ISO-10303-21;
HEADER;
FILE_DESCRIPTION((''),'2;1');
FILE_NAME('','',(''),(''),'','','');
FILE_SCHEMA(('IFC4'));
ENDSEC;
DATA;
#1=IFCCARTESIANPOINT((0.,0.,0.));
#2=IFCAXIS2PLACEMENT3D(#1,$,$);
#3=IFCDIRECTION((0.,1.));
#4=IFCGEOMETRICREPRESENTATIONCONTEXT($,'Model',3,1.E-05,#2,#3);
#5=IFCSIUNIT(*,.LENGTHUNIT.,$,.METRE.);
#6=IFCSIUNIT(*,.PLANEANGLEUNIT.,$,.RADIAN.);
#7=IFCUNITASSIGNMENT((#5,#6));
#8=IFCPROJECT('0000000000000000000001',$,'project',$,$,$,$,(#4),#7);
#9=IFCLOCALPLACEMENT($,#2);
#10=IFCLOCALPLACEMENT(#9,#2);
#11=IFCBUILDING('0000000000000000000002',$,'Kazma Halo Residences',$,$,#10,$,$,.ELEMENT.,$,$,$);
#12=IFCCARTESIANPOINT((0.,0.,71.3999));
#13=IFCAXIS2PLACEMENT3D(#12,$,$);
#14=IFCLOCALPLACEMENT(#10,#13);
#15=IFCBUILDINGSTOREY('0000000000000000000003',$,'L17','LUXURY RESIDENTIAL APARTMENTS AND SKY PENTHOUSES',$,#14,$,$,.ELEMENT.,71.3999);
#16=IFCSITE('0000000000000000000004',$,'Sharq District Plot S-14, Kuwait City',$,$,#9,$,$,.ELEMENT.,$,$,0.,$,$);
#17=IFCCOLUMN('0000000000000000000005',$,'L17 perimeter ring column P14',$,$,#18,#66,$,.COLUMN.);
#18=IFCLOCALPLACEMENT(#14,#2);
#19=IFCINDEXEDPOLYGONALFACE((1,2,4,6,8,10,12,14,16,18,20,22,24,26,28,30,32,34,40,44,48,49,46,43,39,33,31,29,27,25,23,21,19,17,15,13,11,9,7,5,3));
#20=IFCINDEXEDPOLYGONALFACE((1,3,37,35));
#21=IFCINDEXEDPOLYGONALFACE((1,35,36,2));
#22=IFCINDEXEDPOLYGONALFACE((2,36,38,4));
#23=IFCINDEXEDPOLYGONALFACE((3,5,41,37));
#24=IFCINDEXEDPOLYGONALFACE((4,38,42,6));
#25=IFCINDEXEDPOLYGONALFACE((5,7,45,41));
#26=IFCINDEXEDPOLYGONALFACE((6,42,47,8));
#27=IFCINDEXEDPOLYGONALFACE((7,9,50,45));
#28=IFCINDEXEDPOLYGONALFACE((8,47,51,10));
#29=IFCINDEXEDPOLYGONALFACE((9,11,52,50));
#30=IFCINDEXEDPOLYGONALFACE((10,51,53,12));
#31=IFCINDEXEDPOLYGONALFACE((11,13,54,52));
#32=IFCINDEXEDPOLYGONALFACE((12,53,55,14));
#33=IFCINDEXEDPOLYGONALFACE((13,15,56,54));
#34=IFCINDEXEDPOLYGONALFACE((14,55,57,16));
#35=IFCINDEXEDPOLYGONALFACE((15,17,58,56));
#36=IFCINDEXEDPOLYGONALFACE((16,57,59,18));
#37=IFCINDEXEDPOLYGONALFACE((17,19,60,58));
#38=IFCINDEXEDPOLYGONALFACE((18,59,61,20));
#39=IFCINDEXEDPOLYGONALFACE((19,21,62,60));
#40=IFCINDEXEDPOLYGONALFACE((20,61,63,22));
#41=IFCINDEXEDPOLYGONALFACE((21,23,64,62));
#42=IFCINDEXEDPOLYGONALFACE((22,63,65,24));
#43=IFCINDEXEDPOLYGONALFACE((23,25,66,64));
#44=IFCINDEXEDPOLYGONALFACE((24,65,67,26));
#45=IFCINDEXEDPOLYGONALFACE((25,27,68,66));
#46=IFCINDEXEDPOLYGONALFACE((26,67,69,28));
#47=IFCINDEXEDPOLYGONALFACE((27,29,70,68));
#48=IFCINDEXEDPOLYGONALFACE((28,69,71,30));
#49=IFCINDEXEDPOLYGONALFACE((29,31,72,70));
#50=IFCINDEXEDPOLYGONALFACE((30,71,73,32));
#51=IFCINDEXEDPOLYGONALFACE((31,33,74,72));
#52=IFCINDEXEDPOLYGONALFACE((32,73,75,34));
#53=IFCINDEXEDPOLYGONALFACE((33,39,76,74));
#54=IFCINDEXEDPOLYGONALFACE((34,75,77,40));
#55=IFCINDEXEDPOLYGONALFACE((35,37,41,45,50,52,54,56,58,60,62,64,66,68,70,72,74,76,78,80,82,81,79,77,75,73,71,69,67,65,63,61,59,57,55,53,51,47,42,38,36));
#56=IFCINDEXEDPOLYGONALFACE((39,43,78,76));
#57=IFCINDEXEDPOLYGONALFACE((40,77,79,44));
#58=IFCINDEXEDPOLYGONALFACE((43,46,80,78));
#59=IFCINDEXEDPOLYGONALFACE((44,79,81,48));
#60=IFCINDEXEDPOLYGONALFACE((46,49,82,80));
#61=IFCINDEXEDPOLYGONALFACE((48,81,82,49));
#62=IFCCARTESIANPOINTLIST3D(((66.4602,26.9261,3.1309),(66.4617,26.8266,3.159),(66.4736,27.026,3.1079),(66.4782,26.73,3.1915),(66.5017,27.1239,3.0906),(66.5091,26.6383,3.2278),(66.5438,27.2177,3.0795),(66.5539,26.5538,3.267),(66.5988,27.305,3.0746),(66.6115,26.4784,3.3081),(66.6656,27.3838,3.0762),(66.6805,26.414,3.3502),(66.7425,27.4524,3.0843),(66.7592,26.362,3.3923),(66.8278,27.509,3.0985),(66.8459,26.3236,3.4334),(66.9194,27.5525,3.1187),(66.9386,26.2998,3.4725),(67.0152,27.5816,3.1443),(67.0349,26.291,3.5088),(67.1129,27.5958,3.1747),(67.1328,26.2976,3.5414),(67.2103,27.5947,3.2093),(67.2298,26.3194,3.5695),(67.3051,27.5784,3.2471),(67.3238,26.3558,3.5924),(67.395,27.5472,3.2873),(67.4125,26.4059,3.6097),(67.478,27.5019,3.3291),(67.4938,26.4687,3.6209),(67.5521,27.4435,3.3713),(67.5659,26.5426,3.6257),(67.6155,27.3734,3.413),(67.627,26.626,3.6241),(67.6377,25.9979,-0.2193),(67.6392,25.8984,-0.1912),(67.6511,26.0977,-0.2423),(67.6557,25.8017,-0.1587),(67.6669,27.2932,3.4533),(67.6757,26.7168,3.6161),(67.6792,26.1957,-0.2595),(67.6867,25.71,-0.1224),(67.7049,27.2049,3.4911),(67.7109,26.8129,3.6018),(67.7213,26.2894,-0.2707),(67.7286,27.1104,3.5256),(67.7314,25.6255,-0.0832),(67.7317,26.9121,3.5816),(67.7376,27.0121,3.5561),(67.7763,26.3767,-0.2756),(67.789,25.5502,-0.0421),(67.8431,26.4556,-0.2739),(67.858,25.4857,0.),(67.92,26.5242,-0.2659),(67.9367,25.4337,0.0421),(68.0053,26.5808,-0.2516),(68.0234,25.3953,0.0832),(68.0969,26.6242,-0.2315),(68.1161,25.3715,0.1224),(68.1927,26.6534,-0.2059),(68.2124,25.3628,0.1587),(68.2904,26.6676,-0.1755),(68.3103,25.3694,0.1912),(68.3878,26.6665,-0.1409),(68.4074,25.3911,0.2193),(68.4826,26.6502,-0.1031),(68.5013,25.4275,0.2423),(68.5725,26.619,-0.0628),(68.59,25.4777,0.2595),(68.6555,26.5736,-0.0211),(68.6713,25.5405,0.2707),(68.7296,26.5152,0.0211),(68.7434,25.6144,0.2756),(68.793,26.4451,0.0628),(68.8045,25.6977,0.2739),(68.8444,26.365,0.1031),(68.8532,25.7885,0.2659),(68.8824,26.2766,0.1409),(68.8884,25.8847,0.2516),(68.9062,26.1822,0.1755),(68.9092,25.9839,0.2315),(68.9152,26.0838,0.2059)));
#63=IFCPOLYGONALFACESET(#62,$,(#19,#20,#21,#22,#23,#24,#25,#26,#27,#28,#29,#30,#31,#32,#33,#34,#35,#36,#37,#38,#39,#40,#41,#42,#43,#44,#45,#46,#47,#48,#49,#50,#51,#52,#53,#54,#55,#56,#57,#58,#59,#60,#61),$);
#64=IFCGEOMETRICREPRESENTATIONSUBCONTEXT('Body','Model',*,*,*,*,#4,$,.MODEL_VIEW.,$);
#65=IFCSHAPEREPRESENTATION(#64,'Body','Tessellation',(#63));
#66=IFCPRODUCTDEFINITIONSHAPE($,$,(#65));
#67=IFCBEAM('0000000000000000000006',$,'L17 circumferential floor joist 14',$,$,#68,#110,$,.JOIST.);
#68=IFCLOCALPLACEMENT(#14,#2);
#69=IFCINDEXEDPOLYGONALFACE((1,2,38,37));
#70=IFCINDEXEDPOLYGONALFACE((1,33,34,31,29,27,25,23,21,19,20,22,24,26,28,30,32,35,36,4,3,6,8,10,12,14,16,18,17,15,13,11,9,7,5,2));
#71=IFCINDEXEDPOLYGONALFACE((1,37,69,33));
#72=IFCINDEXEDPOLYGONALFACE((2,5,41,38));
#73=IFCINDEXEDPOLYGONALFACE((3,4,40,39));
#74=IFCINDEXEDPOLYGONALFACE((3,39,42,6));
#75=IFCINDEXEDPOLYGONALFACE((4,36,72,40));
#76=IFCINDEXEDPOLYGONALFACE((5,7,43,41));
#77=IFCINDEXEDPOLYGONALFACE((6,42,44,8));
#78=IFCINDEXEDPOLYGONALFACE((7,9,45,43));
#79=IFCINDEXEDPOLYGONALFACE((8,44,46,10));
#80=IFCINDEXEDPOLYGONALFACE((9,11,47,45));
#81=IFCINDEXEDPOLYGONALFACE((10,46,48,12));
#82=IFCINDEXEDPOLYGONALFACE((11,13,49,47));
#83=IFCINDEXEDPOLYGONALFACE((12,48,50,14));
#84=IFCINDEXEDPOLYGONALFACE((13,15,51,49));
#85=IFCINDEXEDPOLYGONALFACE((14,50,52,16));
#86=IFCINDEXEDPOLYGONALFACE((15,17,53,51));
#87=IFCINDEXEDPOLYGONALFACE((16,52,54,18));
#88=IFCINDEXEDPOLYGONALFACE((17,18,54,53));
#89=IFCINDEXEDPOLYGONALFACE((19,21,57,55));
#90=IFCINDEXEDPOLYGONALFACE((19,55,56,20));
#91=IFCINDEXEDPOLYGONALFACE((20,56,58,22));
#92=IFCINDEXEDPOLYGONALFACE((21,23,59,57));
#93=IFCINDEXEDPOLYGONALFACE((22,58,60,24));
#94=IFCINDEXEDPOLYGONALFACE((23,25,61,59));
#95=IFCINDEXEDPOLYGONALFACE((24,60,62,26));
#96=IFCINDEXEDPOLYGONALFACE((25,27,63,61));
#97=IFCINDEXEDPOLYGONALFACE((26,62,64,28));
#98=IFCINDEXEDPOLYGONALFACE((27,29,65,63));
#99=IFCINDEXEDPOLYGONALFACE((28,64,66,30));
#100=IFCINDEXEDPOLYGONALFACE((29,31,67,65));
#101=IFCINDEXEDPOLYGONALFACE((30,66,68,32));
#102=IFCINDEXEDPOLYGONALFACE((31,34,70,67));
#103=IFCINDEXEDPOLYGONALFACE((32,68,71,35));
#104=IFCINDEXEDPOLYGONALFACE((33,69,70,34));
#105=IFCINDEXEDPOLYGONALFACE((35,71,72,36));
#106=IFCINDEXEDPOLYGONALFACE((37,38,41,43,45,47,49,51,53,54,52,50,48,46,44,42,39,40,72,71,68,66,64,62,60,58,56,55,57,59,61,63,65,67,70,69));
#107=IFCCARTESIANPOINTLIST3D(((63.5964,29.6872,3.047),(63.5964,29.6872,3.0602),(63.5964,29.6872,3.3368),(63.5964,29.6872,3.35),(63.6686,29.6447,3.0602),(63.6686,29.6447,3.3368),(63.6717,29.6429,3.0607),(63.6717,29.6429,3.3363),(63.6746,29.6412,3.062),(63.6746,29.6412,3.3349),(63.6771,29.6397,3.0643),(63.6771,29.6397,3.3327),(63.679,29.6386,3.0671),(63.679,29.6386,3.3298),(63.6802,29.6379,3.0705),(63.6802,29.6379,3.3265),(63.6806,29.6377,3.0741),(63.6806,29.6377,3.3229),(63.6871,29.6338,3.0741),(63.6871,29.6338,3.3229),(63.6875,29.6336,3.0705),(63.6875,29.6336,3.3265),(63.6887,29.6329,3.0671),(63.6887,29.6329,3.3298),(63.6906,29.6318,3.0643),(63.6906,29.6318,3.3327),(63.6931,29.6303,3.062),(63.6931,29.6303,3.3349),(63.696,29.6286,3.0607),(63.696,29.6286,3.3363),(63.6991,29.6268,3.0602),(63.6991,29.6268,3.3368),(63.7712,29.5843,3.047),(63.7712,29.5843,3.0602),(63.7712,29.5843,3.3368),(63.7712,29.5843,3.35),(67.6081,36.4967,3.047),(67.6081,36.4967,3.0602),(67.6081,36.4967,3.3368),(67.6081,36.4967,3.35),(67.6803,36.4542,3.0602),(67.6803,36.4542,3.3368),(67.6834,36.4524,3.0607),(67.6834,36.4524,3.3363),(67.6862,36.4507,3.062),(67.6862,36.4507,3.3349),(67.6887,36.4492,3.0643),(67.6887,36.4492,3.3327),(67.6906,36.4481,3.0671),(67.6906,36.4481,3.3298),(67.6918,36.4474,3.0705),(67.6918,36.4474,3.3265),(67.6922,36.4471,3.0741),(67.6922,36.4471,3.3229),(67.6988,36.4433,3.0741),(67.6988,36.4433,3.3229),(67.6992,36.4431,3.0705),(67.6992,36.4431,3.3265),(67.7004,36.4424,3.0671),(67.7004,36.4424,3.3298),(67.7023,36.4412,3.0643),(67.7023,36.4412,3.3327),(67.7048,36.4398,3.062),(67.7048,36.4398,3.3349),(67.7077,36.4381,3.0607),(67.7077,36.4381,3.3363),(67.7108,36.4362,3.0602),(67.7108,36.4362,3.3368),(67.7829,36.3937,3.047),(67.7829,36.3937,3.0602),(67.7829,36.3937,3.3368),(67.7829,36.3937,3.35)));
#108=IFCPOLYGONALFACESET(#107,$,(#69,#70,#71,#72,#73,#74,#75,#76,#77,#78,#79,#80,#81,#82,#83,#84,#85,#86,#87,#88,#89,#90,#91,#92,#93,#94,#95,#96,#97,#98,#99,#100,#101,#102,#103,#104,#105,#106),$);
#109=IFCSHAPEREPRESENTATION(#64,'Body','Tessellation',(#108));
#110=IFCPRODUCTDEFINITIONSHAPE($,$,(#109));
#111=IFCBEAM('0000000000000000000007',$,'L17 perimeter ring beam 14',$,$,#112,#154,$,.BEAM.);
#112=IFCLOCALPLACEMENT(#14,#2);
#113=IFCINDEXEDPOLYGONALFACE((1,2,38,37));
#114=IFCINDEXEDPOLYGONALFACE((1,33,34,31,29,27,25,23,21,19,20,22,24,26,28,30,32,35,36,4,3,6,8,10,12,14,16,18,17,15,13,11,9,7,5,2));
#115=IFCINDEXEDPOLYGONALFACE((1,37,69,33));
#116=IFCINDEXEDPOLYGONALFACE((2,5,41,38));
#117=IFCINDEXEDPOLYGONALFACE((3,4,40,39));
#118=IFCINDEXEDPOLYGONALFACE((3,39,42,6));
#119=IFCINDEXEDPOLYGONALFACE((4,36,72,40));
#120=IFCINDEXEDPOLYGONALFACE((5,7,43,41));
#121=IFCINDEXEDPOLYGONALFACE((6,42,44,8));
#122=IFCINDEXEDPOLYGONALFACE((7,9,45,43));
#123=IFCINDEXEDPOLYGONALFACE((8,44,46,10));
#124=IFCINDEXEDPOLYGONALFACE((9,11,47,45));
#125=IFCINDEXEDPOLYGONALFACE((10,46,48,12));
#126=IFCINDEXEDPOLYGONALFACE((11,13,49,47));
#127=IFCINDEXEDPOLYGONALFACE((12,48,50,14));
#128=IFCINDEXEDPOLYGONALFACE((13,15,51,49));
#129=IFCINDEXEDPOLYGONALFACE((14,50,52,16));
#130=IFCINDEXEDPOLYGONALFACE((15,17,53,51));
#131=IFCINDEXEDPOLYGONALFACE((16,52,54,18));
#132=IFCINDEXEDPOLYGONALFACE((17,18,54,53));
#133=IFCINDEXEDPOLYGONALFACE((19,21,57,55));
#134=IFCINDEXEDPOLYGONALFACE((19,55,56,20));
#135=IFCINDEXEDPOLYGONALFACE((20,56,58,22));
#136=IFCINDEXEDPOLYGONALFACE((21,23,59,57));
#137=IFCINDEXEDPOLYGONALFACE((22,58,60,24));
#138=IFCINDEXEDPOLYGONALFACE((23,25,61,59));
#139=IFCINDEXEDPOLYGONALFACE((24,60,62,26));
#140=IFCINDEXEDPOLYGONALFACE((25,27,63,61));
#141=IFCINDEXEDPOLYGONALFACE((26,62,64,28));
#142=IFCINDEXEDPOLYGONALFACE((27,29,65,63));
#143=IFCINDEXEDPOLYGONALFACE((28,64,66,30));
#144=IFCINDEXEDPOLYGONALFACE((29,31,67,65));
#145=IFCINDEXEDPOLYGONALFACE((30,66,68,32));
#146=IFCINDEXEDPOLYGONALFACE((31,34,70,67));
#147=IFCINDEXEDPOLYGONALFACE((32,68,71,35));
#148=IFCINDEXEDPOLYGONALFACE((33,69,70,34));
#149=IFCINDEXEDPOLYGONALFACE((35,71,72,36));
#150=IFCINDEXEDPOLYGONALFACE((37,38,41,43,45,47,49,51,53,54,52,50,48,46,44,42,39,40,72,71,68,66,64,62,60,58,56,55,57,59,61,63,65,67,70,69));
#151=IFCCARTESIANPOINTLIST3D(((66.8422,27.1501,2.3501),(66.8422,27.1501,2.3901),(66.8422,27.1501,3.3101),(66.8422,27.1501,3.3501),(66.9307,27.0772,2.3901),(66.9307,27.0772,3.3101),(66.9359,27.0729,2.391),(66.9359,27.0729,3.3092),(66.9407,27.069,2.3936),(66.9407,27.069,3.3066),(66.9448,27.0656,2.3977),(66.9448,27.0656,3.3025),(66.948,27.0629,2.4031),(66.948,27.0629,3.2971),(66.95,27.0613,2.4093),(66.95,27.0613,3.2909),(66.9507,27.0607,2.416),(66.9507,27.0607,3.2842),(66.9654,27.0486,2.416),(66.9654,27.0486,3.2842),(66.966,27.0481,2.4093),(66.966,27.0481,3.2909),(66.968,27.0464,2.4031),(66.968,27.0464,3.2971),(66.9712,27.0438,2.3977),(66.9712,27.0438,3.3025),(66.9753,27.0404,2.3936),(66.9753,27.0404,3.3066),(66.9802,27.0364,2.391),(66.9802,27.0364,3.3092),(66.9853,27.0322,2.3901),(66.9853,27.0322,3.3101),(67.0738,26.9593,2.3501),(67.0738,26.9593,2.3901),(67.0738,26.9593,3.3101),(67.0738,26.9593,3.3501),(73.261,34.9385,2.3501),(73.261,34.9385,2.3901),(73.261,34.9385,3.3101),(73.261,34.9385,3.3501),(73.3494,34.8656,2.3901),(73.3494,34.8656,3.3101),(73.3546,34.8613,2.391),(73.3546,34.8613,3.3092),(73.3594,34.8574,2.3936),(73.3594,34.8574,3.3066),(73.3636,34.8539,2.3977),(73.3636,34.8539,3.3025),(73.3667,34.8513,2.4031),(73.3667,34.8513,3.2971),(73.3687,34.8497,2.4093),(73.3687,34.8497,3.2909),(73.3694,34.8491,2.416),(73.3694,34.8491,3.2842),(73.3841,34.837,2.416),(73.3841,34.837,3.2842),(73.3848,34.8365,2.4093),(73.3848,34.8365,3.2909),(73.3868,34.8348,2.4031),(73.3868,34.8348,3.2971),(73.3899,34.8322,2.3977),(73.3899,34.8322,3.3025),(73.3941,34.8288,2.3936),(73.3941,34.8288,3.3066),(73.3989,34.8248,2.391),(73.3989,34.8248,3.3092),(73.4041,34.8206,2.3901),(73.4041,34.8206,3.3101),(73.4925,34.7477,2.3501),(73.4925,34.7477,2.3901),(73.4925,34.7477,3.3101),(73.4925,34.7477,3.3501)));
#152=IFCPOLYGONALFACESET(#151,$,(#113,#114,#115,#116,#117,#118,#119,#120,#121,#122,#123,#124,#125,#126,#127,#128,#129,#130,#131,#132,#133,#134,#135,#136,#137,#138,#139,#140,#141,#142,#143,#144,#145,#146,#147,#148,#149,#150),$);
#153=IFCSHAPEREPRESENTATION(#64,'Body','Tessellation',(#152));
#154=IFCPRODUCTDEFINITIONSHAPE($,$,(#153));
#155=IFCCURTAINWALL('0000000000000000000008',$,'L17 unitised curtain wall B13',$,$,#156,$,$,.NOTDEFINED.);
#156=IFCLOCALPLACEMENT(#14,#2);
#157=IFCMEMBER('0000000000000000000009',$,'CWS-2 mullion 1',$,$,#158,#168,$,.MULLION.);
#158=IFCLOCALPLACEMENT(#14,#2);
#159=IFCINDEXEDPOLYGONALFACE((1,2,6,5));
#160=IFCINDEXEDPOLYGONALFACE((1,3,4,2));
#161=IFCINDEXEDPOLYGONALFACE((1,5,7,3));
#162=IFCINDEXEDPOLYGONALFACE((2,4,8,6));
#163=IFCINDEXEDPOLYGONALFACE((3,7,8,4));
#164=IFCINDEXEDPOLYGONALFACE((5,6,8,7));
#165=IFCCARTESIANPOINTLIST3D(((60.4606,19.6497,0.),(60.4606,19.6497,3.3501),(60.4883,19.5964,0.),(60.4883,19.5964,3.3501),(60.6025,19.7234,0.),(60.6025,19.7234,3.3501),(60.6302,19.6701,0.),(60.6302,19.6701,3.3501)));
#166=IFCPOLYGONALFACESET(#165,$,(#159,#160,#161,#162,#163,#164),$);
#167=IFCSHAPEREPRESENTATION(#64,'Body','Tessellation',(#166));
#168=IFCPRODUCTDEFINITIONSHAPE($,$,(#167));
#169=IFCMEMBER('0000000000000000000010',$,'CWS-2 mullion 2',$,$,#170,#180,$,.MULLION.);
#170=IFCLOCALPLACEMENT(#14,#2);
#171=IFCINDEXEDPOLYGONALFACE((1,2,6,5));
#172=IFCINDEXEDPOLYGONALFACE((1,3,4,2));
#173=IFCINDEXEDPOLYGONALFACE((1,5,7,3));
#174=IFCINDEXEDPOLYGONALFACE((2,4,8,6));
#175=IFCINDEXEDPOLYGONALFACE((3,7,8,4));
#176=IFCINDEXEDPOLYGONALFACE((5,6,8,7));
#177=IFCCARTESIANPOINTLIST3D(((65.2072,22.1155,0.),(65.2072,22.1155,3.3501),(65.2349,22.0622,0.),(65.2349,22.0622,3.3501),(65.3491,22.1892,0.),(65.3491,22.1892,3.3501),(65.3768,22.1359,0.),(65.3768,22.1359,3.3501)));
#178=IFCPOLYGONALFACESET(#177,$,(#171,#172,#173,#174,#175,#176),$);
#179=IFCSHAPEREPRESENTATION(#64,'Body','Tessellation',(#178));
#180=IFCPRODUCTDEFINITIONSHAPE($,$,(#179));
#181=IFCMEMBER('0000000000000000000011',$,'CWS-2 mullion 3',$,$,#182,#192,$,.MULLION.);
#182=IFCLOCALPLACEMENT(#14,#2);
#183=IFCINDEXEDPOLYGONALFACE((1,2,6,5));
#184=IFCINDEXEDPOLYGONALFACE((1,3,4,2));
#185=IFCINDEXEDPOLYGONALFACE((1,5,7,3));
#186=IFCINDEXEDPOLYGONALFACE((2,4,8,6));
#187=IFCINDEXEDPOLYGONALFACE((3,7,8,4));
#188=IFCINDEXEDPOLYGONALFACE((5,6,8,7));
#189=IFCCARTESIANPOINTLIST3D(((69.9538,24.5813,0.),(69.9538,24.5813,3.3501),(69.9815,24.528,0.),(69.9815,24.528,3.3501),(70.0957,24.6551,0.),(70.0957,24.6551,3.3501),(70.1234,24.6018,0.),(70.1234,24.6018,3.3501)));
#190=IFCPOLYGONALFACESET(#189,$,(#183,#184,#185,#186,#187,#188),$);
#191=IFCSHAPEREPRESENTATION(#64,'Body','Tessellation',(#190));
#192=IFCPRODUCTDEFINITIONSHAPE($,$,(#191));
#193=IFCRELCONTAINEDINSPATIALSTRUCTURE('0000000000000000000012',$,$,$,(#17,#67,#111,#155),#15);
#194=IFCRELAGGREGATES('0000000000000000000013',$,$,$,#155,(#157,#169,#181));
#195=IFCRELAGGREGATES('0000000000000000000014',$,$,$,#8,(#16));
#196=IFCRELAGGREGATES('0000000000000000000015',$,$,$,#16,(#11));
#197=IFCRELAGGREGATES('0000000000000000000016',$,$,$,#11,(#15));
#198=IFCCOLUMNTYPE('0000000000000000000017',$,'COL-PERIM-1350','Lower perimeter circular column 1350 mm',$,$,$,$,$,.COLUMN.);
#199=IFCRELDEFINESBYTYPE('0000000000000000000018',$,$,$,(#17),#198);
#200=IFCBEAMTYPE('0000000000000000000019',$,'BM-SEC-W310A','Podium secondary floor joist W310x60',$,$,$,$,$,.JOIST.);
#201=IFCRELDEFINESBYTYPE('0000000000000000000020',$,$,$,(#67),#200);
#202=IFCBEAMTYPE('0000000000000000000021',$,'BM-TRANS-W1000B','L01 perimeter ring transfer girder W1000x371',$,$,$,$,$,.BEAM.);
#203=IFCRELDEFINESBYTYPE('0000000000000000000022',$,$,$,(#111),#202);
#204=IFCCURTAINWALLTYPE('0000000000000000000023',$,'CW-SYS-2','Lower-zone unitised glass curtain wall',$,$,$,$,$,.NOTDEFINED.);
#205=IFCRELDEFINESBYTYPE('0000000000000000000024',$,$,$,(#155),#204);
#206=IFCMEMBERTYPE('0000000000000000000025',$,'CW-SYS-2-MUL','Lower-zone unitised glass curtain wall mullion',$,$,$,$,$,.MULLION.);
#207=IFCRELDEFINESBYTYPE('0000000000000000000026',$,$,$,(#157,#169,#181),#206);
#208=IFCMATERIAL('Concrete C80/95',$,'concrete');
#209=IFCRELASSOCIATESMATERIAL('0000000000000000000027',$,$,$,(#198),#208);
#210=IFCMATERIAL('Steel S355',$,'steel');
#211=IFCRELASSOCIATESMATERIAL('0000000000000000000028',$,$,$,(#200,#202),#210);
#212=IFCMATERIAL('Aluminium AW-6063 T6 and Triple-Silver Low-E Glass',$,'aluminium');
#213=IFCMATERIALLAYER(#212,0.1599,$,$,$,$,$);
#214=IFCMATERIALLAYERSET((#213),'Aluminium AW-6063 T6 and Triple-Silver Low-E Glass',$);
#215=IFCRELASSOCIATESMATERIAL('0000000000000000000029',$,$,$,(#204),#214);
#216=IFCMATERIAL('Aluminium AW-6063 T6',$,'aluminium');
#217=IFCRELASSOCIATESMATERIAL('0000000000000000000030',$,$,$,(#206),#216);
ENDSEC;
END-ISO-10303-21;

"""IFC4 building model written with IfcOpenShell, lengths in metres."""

from ifc_helpers import new_model, si_unit, direction, frame, origin, origin_2d, place, context, subcontext, project, spatial, rectangle, circle, i_section, extrude, material, layer, layer_set, material_profile, profile_set, type_object, element, aggregate, save


model = new_model("IFC4")

# Units and contexts
model_context = context("Model", 3, precision=1e-05, world=origin(), true_north=direction((0.0, 1.0)))
body_context = subcontext(model_context, "Body", "Model", "MODEL_VIEW")
ifc_project = project(units=[si_unit("LENGTHUNIT", "METRE"), si_unit("PLANEANGLEUNIT", "RADIAN")], contexts=[model_context])

# Site, building, storey
site_placement = place(None, origin())
site = spatial("IfcSite", under=ifc_project, at=site_placement, Name="Sharq District Plot S-14, Kuwait City", CompositionType="ELEMENT", RefElevation=0.0)
building_placement = place(site_placement, origin())
building = spatial("IfcBuilding", under=site, at=building_placement, Name="Kazma Halo Residences", CompositionType="ELEMENT")
storey_placement = place(building_placement, frame((0.0, 0.0, 71.3999)))
storey = spatial("IfcBuildingStorey", under=building, at=storey_placement, Name="L17", Description="LUXURY RESIDENTIAL APARTMENTS AND SKY PENTHOUSES", CompositionType="ELEMENT", Elevation=71.3999)

# Column
ifc_material_1 = material(Name="Concrete C80/95", Category="concrete")
ifc_material_profile_1 = material_profile(ifc_material_1, circle(Radius=0.675, at=origin_2d()), Name="CIRC1350")
ifc_profile_set_1 = profile_set([ifc_material_profile_1], Name="Concrete C80/95")
column_type = type_object("IfcColumnType", Name="COL-PERIM-1350", Description="Lower perimeter circular column 1350 mm", PredefinedType="COLUMN", material=ifc_profile_set_1)
column_placement = place(storey_placement, frame((68.2759, 26.0159, 0.0), z_axis=(-0.320814, 0.2529, 0.912754), x_axis=(-0.619079, -0.785329, 0.0)))
element("IfcColumn", 1, at=column_placement, inside=storey, type_object=column_type, Name="L17 perimeter ring column P14", PredefinedType="COLUMN", context=body_context, shape_type="SweptSolid", body=[
    extrude(circle(Radius=0.675, at=origin_2d()), origin(), (0.0, 0.0, 1.0), 3.6704),
])

# Beams
ifc_material_2 = material(Name="Steel S355", Category="steel")
ifc_material_profile_2 = material_profile(ifc_material_2, i_section(OverallWidth=0.2029, OverallDepth=0.303, WebThickness=0.0076, FlangeThickness=0.0132, FilletRadius=0.0139, at=origin_2d()), Name="W310x60")
ifc_profile_set_2 = profile_set([ifc_material_profile_2], Name="Steel S355")
beam_type_1 = type_object("IfcBeamType", Name="BM-SEC-W310A", Description="Podium secondary floor joist W310x60", PredefinedType="JOIST", material=ifc_profile_set_2)
beam_1_placement = place(storey_placement, frame((63.6838, 29.6357, 3.1985), z_axis=(0.507592, 0.861597, 0.0), x_axis=(-0.861597, 0.507592, 0.0)))
element("IfcBeam", 2, at=beam_1_placement, inside=storey, type_object=beam_type_1, Name="L17 circumferential floor joist 14", PredefinedType="JOIST", context=body_context, shape_type="SweptSolid", body=[
    extrude(i_section(OverallWidth=0.2029, OverallDepth=0.303, WebThickness=0.0076, FlangeThickness=0.0132, FilletRadius=0.0139, at=origin_2d()), origin(), (0.0, 0.0, 1.0), 7.9033),
])
ifc_material_profile_3 = material_profile(ifc_material_2, i_section(OverallWidth=0.3, OverallDepth=1.0, WebThickness=0.019, FlangeThickness=0.04, FilletRadius=0.0259, at=origin_2d()), Name="W1000x371")
ifc_profile_set_3 = profile_set([ifc_material_profile_3], Name="Steel S355")
beam_type_2 = type_object("IfcBeamType", Name="BM-TRANS-W1000B", Description="L01 perimeter ring transfer girder W1000x371", PredefinedType="BEAM", material=ifc_profile_set_3)
beam_2_placement = place(storey_placement, frame((66.958, 27.0547, 2.8501), z_axis=(0.63599, 0.771698, 0.0), x_axis=(-0.771698, 0.63599, 0.0)))
element("IfcBeam", 3, at=beam_2_placement, inside=storey, type_object=beam_type_2, Name="L17 perimeter ring beam 14", PredefinedType="BEAM", context=body_context, shape_type="SweptSolid", body=[
    extrude(i_section(OverallWidth=0.3, OverallDepth=1.0, WebThickness=0.019, FlangeThickness=0.04, FilletRadius=0.0259, at=origin_2d()), origin(), (0.0, 0.0, 1.0), 10.0925),
])

# Curtain wall, members
ifc_material_3 = material(Name="Aluminium AW-6063 T6 and Triple-Silver Low-E Glass", Category="aluminium")
ifc_layer_1 = layer(ifc_material_3, 0.1599)
ifc_layer_set_1 = layer_set([ifc_layer_1], Name="Aluminium AW-6063 T6 and Triple-Silver Low-E Glass")
curtain_wall_type = type_object("IfcCurtainWallType", Name="CW-SYS-2", Description="Lower-zone unitised glass curtain wall", PredefinedType="NOTDEFINED", material=ifc_layer_set_1)
curtain_wall_placement = place(storey_placement, origin())
curtain_wall = element("IfcCurtainWall", 4, at=curtain_wall_placement, inside=storey, type_object=curtain_wall_type, Name="L17 unitised curtain wall B13", PredefinedType="NOTDEFINED")
ifc_material_4 = material(Name="Aluminium AW-6063 T6", Category="aluminium")
ifc_material_profile_4 = material_profile(ifc_material_4, rectangle(XDim=0.0601, YDim=0.1599, at=origin_2d()), Name="CWM-60x160")
ifc_profile_set_4 = profile_set([ifc_material_profile_4], Name="Aluminium AW-6063 T6")
member_type_1 = type_object("IfcMemberType", Name="CW-SYS-2-MUL", Description="Lower-zone unitised glass curtain wall mullion", PredefinedType="MULLION", material=ifc_profile_set_4)
member_1_placement = place(storey_placement, frame((60.5454, 19.6599, 0.0), z_axis=(0.0, 0.0, 1.0), x_axis=(-0.460996, 0.887402, 0.0)))
member_1 = element("IfcMember", 5, at=member_1_placement, type_object=member_type_1, Name="CWS-2 mullion 1", PredefinedType="MULLION", context=body_context, shape_type="SweptSolid", body=[
    extrude(rectangle(XDim=0.0601, YDim=0.1599, at=origin_2d()), origin(), (0.0, 0.0, 1.0), 3.3501),
])
member_2_placement = place(storey_placement, frame((65.292, 22.1257, 0.0), z_axis=(0.0, 0.0, 1.0), x_axis=(-0.460996, 0.887402, 0.0)))
member_2 = element("IfcMember", 6, at=member_2_placement, type_object=member_type_1, Name="CWS-2 mullion 2", PredefinedType="MULLION", context=body_context, shape_type="SweptSolid", body=[
    extrude(rectangle(XDim=0.0601, YDim=0.1599, at=origin_2d()), origin(), (0.0, 0.0, 1.0), 3.3501),
])
member_3_placement = place(storey_placement, frame((70.0386, 24.5916, 0.0), z_axis=(0.0, 0.0, 1.0), x_axis=(-0.460996, 0.887402, 0.0)))
member_3 = element("IfcMember", 7, at=member_3_placement, type_object=member_type_1, Name="CWS-2 mullion 3", PredefinedType="MULLION", context=body_context, shape_type="SweptSolid", body=[
    extrude(rectangle(XDim=0.0601, YDim=0.1599, at=origin_2d()), origin(), (0.0, 0.0, 1.0), 3.3501),
])
aggregate(curtain_wall, [member_1, member_2, member_3])

save(model, "model.ifc")
